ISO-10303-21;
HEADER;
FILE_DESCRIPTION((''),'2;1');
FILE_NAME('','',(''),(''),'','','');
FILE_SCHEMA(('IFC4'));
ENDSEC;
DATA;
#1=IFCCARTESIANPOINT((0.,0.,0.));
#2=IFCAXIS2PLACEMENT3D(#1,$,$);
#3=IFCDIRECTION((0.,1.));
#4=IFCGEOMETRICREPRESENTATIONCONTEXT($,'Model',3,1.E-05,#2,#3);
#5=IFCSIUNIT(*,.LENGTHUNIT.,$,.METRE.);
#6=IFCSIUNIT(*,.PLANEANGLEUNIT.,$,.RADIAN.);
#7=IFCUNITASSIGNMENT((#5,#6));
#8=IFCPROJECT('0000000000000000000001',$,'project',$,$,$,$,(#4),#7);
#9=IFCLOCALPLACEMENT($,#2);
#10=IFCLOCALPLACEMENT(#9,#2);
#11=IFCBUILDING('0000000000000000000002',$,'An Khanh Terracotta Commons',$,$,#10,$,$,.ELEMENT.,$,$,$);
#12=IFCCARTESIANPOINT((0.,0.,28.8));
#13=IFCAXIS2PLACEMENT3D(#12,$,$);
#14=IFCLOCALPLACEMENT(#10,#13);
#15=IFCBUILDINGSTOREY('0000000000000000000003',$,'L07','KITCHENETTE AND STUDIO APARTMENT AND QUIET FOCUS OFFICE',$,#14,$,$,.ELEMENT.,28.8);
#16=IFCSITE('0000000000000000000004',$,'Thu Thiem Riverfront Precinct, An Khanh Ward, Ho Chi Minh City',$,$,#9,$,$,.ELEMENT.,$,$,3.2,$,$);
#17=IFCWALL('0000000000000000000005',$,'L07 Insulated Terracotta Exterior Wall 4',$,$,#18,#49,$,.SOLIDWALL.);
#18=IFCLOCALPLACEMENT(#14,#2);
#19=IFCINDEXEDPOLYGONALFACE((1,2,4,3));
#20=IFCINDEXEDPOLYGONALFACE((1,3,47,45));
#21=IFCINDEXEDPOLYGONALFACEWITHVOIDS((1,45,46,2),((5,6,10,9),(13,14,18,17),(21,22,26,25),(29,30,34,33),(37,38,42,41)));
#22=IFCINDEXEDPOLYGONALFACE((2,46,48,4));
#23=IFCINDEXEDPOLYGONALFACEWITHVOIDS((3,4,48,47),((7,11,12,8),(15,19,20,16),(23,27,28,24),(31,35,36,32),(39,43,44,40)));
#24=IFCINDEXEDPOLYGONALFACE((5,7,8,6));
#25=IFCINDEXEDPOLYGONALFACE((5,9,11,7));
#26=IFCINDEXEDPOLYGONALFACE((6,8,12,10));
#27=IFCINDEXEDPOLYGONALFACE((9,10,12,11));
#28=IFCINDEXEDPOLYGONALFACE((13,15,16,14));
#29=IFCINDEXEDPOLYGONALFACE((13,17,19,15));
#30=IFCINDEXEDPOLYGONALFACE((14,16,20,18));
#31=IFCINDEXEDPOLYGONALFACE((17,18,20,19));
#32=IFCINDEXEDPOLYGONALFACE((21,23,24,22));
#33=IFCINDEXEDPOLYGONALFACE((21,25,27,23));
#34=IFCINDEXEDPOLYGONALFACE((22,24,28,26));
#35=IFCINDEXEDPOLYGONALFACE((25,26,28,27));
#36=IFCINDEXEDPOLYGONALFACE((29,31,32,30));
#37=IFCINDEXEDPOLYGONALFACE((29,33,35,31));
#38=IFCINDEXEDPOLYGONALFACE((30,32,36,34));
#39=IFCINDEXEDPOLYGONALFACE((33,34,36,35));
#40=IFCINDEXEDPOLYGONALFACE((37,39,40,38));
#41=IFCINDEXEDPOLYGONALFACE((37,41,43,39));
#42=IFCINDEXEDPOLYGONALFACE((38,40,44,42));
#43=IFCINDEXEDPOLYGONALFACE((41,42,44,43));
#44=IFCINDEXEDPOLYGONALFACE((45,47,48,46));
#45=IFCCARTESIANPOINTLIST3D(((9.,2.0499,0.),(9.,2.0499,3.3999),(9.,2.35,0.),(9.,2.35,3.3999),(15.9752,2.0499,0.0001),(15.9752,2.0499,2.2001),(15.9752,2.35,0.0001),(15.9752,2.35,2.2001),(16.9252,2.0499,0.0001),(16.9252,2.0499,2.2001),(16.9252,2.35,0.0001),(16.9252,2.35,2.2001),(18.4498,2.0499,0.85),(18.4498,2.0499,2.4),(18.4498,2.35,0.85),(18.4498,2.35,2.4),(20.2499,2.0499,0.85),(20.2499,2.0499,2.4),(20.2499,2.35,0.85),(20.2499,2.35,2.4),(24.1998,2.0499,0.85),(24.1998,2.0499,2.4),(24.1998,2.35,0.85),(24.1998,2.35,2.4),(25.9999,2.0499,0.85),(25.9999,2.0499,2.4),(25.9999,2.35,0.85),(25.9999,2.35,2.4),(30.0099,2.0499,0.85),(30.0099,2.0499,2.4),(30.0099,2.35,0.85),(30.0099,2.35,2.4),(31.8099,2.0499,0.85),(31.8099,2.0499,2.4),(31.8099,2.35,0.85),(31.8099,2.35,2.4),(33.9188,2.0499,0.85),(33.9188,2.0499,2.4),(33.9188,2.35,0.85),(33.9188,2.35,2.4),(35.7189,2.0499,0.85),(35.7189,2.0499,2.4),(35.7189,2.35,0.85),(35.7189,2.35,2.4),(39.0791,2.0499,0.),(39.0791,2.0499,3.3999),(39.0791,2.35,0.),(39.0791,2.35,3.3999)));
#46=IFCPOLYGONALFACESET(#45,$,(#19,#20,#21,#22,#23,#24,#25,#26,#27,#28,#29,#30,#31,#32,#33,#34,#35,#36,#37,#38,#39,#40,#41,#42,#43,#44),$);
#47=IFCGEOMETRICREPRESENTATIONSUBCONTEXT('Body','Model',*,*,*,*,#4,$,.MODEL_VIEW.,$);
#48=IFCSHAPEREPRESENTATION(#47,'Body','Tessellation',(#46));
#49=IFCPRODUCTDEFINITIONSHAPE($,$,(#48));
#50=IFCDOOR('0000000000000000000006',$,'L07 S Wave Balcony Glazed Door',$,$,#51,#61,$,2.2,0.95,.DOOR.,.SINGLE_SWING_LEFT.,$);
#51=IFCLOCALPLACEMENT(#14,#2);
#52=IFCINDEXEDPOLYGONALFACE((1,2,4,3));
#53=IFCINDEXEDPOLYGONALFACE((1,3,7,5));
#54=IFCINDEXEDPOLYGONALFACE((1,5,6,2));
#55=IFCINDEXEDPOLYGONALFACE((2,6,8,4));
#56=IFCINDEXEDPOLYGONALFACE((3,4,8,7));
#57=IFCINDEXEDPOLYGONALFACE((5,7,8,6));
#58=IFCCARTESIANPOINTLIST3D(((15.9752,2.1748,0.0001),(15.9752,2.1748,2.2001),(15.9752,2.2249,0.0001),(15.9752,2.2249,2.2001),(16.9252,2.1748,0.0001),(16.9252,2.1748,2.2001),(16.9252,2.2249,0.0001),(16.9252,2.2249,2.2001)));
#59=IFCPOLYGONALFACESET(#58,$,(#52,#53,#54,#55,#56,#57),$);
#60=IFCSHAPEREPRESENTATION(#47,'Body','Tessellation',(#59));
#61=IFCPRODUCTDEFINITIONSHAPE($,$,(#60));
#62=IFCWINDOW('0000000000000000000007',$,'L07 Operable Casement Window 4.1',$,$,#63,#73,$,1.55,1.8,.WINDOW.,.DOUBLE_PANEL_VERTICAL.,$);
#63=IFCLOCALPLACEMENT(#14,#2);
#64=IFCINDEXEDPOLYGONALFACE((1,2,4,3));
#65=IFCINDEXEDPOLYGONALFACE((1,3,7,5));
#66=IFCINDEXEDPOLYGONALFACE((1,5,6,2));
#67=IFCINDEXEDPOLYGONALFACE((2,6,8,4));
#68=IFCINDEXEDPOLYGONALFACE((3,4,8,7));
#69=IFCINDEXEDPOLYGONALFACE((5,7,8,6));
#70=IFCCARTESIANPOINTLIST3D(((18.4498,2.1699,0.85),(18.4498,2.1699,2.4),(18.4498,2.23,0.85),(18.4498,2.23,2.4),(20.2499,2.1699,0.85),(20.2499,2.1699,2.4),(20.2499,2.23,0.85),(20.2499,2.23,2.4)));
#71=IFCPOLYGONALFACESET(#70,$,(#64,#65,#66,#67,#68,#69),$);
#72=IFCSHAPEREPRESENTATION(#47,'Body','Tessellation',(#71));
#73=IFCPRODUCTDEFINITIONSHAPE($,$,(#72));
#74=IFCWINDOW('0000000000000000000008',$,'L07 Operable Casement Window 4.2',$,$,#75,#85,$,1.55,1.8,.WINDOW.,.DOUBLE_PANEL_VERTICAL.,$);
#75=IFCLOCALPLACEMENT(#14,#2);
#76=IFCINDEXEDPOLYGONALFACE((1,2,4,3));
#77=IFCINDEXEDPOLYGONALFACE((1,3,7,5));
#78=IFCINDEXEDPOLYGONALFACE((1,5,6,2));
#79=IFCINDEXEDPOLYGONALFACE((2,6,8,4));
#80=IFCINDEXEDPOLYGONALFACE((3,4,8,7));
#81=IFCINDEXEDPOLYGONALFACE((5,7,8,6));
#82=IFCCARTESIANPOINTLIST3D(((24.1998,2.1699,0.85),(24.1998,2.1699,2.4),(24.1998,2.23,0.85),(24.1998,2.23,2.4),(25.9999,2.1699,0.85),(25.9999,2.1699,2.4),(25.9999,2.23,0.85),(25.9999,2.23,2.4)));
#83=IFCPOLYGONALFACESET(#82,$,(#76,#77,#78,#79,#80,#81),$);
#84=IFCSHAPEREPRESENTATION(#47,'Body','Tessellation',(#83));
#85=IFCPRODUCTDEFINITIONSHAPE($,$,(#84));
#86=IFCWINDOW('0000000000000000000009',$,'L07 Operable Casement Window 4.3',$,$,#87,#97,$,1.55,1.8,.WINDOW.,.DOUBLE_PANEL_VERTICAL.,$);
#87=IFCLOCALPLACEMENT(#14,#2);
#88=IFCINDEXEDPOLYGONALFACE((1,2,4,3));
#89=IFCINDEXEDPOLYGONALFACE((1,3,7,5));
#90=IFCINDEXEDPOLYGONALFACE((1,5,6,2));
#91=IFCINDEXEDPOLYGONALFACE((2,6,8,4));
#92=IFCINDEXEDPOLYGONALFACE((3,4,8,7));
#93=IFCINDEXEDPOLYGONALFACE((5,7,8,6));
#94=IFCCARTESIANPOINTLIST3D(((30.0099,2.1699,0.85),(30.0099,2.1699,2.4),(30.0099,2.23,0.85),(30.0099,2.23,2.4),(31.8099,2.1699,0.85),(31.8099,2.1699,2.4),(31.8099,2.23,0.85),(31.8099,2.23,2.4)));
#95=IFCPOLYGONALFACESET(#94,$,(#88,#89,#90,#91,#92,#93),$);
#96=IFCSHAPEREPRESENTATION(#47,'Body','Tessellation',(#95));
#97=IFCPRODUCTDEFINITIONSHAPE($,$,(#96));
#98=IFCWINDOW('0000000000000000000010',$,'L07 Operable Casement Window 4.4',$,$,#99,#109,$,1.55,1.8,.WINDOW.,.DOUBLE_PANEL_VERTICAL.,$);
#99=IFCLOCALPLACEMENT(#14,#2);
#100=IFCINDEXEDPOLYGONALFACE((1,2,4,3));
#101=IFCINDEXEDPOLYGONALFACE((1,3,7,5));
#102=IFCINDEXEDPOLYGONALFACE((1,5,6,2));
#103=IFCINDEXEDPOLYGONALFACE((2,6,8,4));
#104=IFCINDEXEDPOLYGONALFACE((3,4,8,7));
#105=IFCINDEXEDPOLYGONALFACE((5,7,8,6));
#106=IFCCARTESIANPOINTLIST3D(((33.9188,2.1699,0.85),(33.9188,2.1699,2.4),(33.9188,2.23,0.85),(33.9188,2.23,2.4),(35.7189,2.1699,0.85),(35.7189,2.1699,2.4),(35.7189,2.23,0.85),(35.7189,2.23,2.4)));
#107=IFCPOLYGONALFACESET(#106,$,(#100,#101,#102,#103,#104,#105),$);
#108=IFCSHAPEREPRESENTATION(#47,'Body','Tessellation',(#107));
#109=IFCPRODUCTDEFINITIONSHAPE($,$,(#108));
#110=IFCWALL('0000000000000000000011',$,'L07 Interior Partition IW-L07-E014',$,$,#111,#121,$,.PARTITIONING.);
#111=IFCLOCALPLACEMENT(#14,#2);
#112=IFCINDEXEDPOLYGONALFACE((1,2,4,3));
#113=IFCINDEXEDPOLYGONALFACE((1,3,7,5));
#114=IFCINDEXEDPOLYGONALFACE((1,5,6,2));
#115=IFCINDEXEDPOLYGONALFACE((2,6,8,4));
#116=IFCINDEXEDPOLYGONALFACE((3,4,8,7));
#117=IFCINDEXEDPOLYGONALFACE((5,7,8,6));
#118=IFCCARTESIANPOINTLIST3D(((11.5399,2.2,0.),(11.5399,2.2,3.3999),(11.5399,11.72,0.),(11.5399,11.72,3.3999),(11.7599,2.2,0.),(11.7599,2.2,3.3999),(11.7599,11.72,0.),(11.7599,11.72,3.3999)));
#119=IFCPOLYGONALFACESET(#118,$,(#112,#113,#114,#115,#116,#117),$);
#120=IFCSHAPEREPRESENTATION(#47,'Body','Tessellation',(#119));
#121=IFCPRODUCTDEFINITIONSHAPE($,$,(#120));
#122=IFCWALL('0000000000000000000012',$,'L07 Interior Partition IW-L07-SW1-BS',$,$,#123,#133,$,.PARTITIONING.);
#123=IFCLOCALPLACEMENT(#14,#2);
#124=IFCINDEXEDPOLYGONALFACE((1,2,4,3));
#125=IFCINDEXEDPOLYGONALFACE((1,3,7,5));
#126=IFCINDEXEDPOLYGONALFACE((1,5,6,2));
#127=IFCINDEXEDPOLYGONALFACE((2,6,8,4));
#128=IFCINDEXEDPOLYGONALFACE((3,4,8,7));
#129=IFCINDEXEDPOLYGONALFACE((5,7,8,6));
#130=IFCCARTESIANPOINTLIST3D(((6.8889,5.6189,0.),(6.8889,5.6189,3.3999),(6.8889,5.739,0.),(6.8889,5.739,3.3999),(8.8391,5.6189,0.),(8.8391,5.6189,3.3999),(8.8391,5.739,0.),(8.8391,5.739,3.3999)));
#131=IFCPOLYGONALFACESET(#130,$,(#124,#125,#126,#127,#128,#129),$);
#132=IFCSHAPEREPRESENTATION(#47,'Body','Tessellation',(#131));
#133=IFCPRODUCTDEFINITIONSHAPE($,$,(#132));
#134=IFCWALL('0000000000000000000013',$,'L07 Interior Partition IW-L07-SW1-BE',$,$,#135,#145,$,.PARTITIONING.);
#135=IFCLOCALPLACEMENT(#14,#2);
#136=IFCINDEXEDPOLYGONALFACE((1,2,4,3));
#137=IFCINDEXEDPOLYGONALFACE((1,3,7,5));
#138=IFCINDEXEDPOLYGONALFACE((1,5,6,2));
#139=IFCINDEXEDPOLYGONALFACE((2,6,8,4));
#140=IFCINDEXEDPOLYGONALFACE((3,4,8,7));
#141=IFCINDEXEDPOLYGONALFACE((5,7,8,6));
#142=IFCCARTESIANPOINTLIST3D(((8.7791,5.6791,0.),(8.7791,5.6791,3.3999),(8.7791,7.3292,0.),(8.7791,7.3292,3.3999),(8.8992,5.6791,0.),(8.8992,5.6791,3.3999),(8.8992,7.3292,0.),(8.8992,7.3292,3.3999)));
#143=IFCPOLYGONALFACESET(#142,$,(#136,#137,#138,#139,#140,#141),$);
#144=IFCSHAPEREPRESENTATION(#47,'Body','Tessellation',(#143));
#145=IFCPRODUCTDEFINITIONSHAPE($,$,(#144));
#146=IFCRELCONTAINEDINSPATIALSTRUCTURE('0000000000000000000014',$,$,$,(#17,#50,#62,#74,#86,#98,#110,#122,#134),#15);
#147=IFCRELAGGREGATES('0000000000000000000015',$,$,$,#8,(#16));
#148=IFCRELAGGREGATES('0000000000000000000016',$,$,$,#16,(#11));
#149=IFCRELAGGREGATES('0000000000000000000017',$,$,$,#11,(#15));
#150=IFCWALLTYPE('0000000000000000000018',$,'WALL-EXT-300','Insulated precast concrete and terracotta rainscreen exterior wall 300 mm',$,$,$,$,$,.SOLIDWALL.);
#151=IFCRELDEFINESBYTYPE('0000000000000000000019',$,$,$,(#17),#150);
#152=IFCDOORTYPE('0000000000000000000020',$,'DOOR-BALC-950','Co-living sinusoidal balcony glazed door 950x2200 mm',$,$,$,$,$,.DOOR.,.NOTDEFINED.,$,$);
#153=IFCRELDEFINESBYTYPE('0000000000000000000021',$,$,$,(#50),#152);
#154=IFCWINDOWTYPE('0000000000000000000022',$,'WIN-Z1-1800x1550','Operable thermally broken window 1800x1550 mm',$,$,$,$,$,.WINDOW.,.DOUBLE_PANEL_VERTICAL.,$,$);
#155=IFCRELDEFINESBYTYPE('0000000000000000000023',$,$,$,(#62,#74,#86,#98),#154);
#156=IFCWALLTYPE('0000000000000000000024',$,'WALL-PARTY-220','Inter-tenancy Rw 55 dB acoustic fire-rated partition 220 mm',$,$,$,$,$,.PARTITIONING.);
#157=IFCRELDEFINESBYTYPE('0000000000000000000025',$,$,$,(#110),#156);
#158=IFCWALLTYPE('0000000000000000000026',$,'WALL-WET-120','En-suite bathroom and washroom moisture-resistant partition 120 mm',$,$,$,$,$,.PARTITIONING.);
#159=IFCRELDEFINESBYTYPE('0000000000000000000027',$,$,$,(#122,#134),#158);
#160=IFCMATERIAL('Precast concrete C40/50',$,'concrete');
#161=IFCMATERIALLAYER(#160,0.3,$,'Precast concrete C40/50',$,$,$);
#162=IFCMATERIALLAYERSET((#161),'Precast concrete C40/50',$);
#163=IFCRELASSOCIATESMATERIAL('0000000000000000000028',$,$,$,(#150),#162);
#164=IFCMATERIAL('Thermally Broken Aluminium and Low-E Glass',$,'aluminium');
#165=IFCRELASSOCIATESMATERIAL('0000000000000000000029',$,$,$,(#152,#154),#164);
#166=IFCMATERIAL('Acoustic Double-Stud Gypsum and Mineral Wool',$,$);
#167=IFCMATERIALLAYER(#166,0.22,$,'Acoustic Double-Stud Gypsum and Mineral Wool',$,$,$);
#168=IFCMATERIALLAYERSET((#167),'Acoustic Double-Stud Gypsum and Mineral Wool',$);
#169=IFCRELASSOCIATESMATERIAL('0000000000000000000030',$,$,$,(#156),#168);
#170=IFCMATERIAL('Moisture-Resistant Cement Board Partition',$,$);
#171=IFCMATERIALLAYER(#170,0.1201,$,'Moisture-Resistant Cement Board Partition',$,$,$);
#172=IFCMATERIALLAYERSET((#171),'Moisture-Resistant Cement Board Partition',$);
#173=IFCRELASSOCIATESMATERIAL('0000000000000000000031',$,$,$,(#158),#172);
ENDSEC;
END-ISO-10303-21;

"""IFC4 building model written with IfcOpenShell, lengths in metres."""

from ifc_helpers import new_model, si_unit, direction, frame, frame_2d, origin, place, context, subcontext, project, spatial, rectangle, extrude, material, layer, layer_set, type_object, element, fill, save


model = new_model("IFC4")

# Units and contexts
model_context = context("Model", 3, precision=1e-05, world=origin(), true_north=direction((0.0, 1.0)))
body_context = subcontext(model_context, "Body", "Model", "MODEL_VIEW")
ifc_project = project(units=[si_unit("LENGTHUNIT", "METRE"), si_unit("PLANEANGLEUNIT", "RADIAN")], contexts=[model_context])

# Site, building, storey
site_placement = place(None, origin())
site = spatial("IfcSite", under=ifc_project, at=site_placement, Name="Thu Thiem Riverfront Precinct, An Khanh Ward, Ho Chi Minh City", CompositionType="ELEMENT", RefElevation=3.2)
building_placement = place(site_placement, origin())
building = spatial("IfcBuilding", under=site, at=building_placement, Name="An Khanh Terracotta Commons", CompositionType="ELEMENT")
storey_placement = place(building_placement, frame((0.0, 0.0, 28.8)))
storey = spatial("IfcBuildingStorey", under=building, at=storey_placement, Name="L07", Description="KITCHENETTE AND STUDIO APARTMENT AND QUIET FOCUS OFFICE", CompositionType="ELEMENT", Elevation=28.8)

# Wall, openings, door, windows
ifc_material_1 = material(Name="Precast concrete C40/50", Category="concrete")
ifc_layer_1 = layer(ifc_material_1, 0.3, Name="Precast concrete C40/50")
ifc_layer_set_1 = layer_set([ifc_layer_1], Name="Precast concrete C40/50")
wall_type_1 = type_object("IfcWallType", Name="WALL-EXT-300", Description="Insulated precast concrete and terracotta rainscreen exterior wall 300 mm", PredefinedType="SOLIDWALL", material=ifc_layer_set_1)
wall_1_placement = place(storey_placement, frame((9.0, 2.2, 0.0), z_axis=(0.0, 0.0, 1.0), x_axis=(1.0, 0.0, 0.0)))
wall_1 = element("IfcWall", 1, at=wall_1_placement, inside=storey, type_object=wall_type_1, Name="L07 Insulated Terracotta Exterior Wall 4", PredefinedType="SOLIDWALL", context=body_context, shape_type="SweptSolid", body=[
    extrude(rectangle(XDim=30.0791, YDim=0.3, at=frame_2d((15.0396, 0.0))), origin(), (0.0, 0.0, 1.0), 3.3999),
])
opening_1_placement = place(wall_1_placement, frame((6.9751, 0.0, 0.0)))
opening_1 = element("IfcOpeningElement", 2, at=opening_1_placement, cuts=wall_1, PredefinedType="OPENING", context=body_context, shape_type="SweptSolid", body=[
    extrude(rectangle(XDim=0.95, YDim=2.2, at=frame_2d((0.4751, 1.1001))), frame((0.0, 0.1599, 0.0), z_axis=(0.0, -1.0, 0.0), x_axis=(1.0, 0.0, 0.0)), (0.0, 0.0, 1.0), 0.3201),
])
opening_2_placement = place(wall_1_placement, frame((9.45, 0.0, 0.8501)))
opening_2 = element("IfcOpeningElement", 3, at=opening_2_placement, cuts=wall_1, PredefinedType="OPENING", context=body_context, shape_type="SweptSolid", body=[
    extrude(rectangle(XDim=1.8, YDim=1.55, at=frame_2d((0.8999, 0.7749))), frame((0.0, 0.1599, 0.0), z_axis=(0.0, -1.0, 0.0), x_axis=(1.0, 0.0, 0.0)), (0.0, 0.0, 1.0), 0.3201),
])
opening_3_placement = place(wall_1_placement, frame((15.2, 0.0, 0.8501)))
opening_3 = element("IfcOpeningElement", 4, at=opening_3_placement, cuts=wall_1, PredefinedType="OPENING", context=body_context, shape_type="SweptSolid", body=[
    extrude(rectangle(XDim=1.8, YDim=1.55, at=frame_2d((0.8999, 0.7749))), frame((0.0, 0.1599, 0.0), z_axis=(0.0, -1.0, 0.0), x_axis=(1.0, 0.0, 0.0)), (0.0, 0.0, 1.0), 0.3201),
])
opening_4_placement = place(wall_1_placement, frame((21.01, 0.0, 0.8501)))
opening_4 = element("IfcOpeningElement", 5, at=opening_4_placement, cuts=wall_1, PredefinedType="OPENING", context=body_context, shape_type="SweptSolid", body=[
    extrude(rectangle(XDim=1.8, YDim=1.55, at=frame_2d((0.8999, 0.7749))), frame((0.0, 0.1599, 0.0), z_axis=(0.0, -1.0, 0.0), x_axis=(1.0, 0.0, 0.0)), (0.0, 0.0, 1.0), 0.3201),
])
opening_5_placement = place(wall_1_placement, frame((24.9189, 0.0, 0.8501)))
opening_5 = element("IfcOpeningElement", 6, at=opening_5_placement, cuts=wall_1, PredefinedType="OPENING", context=body_context, shape_type="SweptSolid", body=[
    extrude(rectangle(XDim=1.8, YDim=1.55, at=frame_2d((0.8999, 0.7749))), frame((0.0, 0.1599, 0.0), z_axis=(0.0, -1.0, 0.0), x_axis=(1.0, 0.0, 0.0)), (0.0, 0.0, 1.0), 0.3201),
])
ifc_material_2 = material(Name="Thermally Broken Aluminium and Low-E Glass", Category="aluminium")
door_type_1 = type_object("IfcDoorType", Name="DOOR-BALC-950", Description="Co-living sinusoidal balcony glazed door 950x2200 mm", OperationType="NOTDEFINED", PredefinedType="DOOR", material=ifc_material_2)
door_1_placement = place(opening_1_placement, origin())
door_1 = element("IfcDoor", 7, at=door_1_placement, inside=storey, type_object=door_type_1, Name="L07 S Wave Balcony Glazed Door", OperationType="SINGLE_SWING_LEFT", OverallHeight=2.2, OverallWidth=0.95, PredefinedType="DOOR", context=body_context, shape_type="SweptSolid", body=[
    extrude(rectangle(XDim=0.95, YDim=2.2, at=frame_2d((0.4751, 1.1001))), frame((0.0, 0.0249, 0.0), z_axis=(0.0, -1.0, 0.0), x_axis=(1.0, 0.0, 0.0)), (0.0, 0.0, 1.0), 0.05),
])
fill(opening_1, door_1)
window_type = type_object("IfcWindowType", Name="WIN-Z1-1800x1550", Description="Operable thermally broken window 1800x1550 mm", PartitioningType="DOUBLE_PANEL_VERTICAL", PredefinedType="WINDOW", material=ifc_material_2)
window_1_placement = place(opening_2_placement, origin())
window_1 = element("IfcWindow", 8, at=window_1_placement, inside=storey, type_object=window_type, Name="L07 Operable Casement Window 4.1", OverallHeight=1.55, OverallWidth=1.8, PartitioningType="DOUBLE_PANEL_VERTICAL", PredefinedType="WINDOW", context=body_context, shape_type="SweptSolid", body=[
    extrude(rectangle(XDim=1.8, YDim=1.55, at=frame_2d((0.8999, 0.7749))), frame((0.0, 0.03, 0.0), z_axis=(0.0, -1.0, 0.0), x_axis=(1.0, 0.0, 0.0)), (0.0, 0.0, 1.0), 0.0601),
])
fill(opening_2, window_1)
window_2_placement = place(opening_3_placement, origin())
window_2 = element("IfcWindow", 9, at=window_2_placement, inside=storey, type_object=window_type, Name="L07 Operable Casement Window 4.2", OverallHeight=1.55, OverallWidth=1.8, PartitioningType="DOUBLE_PANEL_VERTICAL", PredefinedType="WINDOW", context=body_context, shape_type="SweptSolid", body=[
    extrude(rectangle(XDim=1.8, YDim=1.55, at=frame_2d((0.8999, 0.7749))), frame((0.0, 0.03, 0.0), z_axis=(0.0, -1.0, 0.0), x_axis=(1.0, 0.0, 0.0)), (0.0, 0.0, 1.0), 0.0601),
])
fill(opening_3, window_2)
window_3_placement = place(opening_4_placement, origin())
window_3 = element("IfcWindow", 10, at=window_3_placement, inside=storey, type_object=window_type, Name="L07 Operable Casement Window 4.3", OverallHeight=1.55, OverallWidth=1.8, PartitioningType="DOUBLE_PANEL_VERTICAL", PredefinedType="WINDOW", context=body_context, shape_type="SweptSolid", body=[
    extrude(rectangle(XDim=1.8, YDim=1.55, at=frame_2d((0.8999, 0.7749))), frame((0.0, 0.03, 0.0), z_axis=(0.0, -1.0, 0.0), x_axis=(1.0, 0.0, 0.0)), (0.0, 0.0, 1.0), 0.0601),
])
fill(opening_4, window_3)
window_4_placement = place(opening_5_placement, origin())
window_4 = element("IfcWindow", 11, at=window_4_placement, inside=storey, type_object=window_type, Name="L07 Operable Casement Window 4.4", OverallHeight=1.55, OverallWidth=1.8, PartitioningType="DOUBLE_PANEL_VERTICAL", PredefinedType="WINDOW", context=body_context, shape_type="SweptSolid", body=[
    extrude(rectangle(XDim=1.8, YDim=1.55, at=frame_2d((0.8999, 0.7749))), frame((0.0, 0.03, 0.0), z_axis=(0.0, -1.0, 0.0), x_axis=(1.0, 0.0, 0.0)), (0.0, 0.0, 1.0), 0.0601),
])
fill(opening_5, window_4)

# Walls
ifc_material_3 = material(Name="Acoustic Double-Stud Gypsum and Mineral Wool")
ifc_layer_2 = layer(ifc_material_3, 0.22, Name="Acoustic Double-Stud Gypsum and Mineral Wool")
ifc_layer_set_2 = layer_set([ifc_layer_2], Name="Acoustic Double-Stud Gypsum and Mineral Wool")
wall_type_2 = type_object("IfcWallType", Name="WALL-PARTY-220", Description="Inter-tenancy Rw 55 dB acoustic fire-rated partition 220 mm", PredefinedType="PARTITIONING", material=ifc_layer_set_2)
wall_2_placement = place(storey_placement, frame((11.6499, 2.2, 0.0), z_axis=(0.0, 0.0, 1.0), x_axis=(0.0, 1.0, 0.0)))
element("IfcWall", 12, at=wall_2_placement, inside=storey, type_object=wall_type_2, Name="L07 Interior Partition IW-L07-E014", PredefinedType="PARTITIONING", context=body_context, shape_type="SweptSolid", body=[
    extrude(rectangle(XDim=9.52, YDim=0.22, at=frame_2d((4.76, 0.0))), origin(), (0.0, 0.0, 1.0), 3.3999),
])
ifc_material_4 = material(Name="Moisture-Resistant Cement Board Partition")
ifc_layer_3 = layer(ifc_material_4, 0.1201, Name="Moisture-Resistant Cement Board Partition")
ifc_layer_set_3 = layer_set([ifc_layer_3], Name="Moisture-Resistant Cement Board Partition")
wall_type_3 = type_object("IfcWallType", Name="WALL-WET-120", Description="En-suite bathroom and washroom moisture-resistant partition 120 mm", PredefinedType="PARTITIONING", material=ifc_layer_set_3)
wall_3_placement = place(storey_placement, frame((8.8391, 5.679, 0.0), z_axis=(0.0, 0.0, 1.0), x_axis=(-1.0, 0.0, 0.0)))
element("IfcWall", 13, at=wall_3_placement, inside=storey, type_object=wall_type_3, Name="L07 Interior Partition IW-L07-SW1-BS", PredefinedType="PARTITIONING", context=body_context, shape_type="SweptSolid", body=[
    extrude(rectangle(XDim=1.9502, YDim=0.1201, at=frame_2d((0.9751, 0.0))), origin(), (0.0, 0.0, 1.0), 3.3999),
])
wall_4_placement = place(storey_placement, frame((8.8391, 5.679, 0.0), z_axis=(0.0, 0.0, 1.0), x_axis=(0.0, 1.0, 0.0)))
element("IfcWall", 14, at=wall_4_placement, inside=storey, type_object=wall_type_3, Name="L07 Interior Partition IW-L07-SW1-BE", PredefinedType="PARTITIONING", context=body_context, shape_type="SweptSolid", body=[
    extrude(rectangle(XDim=1.6501, YDim=0.1201, at=frame_2d((0.8252, 0.0))), origin(), (0.0, 0.0, 1.0), 3.3999),
])

save(model, "model.ifc")
